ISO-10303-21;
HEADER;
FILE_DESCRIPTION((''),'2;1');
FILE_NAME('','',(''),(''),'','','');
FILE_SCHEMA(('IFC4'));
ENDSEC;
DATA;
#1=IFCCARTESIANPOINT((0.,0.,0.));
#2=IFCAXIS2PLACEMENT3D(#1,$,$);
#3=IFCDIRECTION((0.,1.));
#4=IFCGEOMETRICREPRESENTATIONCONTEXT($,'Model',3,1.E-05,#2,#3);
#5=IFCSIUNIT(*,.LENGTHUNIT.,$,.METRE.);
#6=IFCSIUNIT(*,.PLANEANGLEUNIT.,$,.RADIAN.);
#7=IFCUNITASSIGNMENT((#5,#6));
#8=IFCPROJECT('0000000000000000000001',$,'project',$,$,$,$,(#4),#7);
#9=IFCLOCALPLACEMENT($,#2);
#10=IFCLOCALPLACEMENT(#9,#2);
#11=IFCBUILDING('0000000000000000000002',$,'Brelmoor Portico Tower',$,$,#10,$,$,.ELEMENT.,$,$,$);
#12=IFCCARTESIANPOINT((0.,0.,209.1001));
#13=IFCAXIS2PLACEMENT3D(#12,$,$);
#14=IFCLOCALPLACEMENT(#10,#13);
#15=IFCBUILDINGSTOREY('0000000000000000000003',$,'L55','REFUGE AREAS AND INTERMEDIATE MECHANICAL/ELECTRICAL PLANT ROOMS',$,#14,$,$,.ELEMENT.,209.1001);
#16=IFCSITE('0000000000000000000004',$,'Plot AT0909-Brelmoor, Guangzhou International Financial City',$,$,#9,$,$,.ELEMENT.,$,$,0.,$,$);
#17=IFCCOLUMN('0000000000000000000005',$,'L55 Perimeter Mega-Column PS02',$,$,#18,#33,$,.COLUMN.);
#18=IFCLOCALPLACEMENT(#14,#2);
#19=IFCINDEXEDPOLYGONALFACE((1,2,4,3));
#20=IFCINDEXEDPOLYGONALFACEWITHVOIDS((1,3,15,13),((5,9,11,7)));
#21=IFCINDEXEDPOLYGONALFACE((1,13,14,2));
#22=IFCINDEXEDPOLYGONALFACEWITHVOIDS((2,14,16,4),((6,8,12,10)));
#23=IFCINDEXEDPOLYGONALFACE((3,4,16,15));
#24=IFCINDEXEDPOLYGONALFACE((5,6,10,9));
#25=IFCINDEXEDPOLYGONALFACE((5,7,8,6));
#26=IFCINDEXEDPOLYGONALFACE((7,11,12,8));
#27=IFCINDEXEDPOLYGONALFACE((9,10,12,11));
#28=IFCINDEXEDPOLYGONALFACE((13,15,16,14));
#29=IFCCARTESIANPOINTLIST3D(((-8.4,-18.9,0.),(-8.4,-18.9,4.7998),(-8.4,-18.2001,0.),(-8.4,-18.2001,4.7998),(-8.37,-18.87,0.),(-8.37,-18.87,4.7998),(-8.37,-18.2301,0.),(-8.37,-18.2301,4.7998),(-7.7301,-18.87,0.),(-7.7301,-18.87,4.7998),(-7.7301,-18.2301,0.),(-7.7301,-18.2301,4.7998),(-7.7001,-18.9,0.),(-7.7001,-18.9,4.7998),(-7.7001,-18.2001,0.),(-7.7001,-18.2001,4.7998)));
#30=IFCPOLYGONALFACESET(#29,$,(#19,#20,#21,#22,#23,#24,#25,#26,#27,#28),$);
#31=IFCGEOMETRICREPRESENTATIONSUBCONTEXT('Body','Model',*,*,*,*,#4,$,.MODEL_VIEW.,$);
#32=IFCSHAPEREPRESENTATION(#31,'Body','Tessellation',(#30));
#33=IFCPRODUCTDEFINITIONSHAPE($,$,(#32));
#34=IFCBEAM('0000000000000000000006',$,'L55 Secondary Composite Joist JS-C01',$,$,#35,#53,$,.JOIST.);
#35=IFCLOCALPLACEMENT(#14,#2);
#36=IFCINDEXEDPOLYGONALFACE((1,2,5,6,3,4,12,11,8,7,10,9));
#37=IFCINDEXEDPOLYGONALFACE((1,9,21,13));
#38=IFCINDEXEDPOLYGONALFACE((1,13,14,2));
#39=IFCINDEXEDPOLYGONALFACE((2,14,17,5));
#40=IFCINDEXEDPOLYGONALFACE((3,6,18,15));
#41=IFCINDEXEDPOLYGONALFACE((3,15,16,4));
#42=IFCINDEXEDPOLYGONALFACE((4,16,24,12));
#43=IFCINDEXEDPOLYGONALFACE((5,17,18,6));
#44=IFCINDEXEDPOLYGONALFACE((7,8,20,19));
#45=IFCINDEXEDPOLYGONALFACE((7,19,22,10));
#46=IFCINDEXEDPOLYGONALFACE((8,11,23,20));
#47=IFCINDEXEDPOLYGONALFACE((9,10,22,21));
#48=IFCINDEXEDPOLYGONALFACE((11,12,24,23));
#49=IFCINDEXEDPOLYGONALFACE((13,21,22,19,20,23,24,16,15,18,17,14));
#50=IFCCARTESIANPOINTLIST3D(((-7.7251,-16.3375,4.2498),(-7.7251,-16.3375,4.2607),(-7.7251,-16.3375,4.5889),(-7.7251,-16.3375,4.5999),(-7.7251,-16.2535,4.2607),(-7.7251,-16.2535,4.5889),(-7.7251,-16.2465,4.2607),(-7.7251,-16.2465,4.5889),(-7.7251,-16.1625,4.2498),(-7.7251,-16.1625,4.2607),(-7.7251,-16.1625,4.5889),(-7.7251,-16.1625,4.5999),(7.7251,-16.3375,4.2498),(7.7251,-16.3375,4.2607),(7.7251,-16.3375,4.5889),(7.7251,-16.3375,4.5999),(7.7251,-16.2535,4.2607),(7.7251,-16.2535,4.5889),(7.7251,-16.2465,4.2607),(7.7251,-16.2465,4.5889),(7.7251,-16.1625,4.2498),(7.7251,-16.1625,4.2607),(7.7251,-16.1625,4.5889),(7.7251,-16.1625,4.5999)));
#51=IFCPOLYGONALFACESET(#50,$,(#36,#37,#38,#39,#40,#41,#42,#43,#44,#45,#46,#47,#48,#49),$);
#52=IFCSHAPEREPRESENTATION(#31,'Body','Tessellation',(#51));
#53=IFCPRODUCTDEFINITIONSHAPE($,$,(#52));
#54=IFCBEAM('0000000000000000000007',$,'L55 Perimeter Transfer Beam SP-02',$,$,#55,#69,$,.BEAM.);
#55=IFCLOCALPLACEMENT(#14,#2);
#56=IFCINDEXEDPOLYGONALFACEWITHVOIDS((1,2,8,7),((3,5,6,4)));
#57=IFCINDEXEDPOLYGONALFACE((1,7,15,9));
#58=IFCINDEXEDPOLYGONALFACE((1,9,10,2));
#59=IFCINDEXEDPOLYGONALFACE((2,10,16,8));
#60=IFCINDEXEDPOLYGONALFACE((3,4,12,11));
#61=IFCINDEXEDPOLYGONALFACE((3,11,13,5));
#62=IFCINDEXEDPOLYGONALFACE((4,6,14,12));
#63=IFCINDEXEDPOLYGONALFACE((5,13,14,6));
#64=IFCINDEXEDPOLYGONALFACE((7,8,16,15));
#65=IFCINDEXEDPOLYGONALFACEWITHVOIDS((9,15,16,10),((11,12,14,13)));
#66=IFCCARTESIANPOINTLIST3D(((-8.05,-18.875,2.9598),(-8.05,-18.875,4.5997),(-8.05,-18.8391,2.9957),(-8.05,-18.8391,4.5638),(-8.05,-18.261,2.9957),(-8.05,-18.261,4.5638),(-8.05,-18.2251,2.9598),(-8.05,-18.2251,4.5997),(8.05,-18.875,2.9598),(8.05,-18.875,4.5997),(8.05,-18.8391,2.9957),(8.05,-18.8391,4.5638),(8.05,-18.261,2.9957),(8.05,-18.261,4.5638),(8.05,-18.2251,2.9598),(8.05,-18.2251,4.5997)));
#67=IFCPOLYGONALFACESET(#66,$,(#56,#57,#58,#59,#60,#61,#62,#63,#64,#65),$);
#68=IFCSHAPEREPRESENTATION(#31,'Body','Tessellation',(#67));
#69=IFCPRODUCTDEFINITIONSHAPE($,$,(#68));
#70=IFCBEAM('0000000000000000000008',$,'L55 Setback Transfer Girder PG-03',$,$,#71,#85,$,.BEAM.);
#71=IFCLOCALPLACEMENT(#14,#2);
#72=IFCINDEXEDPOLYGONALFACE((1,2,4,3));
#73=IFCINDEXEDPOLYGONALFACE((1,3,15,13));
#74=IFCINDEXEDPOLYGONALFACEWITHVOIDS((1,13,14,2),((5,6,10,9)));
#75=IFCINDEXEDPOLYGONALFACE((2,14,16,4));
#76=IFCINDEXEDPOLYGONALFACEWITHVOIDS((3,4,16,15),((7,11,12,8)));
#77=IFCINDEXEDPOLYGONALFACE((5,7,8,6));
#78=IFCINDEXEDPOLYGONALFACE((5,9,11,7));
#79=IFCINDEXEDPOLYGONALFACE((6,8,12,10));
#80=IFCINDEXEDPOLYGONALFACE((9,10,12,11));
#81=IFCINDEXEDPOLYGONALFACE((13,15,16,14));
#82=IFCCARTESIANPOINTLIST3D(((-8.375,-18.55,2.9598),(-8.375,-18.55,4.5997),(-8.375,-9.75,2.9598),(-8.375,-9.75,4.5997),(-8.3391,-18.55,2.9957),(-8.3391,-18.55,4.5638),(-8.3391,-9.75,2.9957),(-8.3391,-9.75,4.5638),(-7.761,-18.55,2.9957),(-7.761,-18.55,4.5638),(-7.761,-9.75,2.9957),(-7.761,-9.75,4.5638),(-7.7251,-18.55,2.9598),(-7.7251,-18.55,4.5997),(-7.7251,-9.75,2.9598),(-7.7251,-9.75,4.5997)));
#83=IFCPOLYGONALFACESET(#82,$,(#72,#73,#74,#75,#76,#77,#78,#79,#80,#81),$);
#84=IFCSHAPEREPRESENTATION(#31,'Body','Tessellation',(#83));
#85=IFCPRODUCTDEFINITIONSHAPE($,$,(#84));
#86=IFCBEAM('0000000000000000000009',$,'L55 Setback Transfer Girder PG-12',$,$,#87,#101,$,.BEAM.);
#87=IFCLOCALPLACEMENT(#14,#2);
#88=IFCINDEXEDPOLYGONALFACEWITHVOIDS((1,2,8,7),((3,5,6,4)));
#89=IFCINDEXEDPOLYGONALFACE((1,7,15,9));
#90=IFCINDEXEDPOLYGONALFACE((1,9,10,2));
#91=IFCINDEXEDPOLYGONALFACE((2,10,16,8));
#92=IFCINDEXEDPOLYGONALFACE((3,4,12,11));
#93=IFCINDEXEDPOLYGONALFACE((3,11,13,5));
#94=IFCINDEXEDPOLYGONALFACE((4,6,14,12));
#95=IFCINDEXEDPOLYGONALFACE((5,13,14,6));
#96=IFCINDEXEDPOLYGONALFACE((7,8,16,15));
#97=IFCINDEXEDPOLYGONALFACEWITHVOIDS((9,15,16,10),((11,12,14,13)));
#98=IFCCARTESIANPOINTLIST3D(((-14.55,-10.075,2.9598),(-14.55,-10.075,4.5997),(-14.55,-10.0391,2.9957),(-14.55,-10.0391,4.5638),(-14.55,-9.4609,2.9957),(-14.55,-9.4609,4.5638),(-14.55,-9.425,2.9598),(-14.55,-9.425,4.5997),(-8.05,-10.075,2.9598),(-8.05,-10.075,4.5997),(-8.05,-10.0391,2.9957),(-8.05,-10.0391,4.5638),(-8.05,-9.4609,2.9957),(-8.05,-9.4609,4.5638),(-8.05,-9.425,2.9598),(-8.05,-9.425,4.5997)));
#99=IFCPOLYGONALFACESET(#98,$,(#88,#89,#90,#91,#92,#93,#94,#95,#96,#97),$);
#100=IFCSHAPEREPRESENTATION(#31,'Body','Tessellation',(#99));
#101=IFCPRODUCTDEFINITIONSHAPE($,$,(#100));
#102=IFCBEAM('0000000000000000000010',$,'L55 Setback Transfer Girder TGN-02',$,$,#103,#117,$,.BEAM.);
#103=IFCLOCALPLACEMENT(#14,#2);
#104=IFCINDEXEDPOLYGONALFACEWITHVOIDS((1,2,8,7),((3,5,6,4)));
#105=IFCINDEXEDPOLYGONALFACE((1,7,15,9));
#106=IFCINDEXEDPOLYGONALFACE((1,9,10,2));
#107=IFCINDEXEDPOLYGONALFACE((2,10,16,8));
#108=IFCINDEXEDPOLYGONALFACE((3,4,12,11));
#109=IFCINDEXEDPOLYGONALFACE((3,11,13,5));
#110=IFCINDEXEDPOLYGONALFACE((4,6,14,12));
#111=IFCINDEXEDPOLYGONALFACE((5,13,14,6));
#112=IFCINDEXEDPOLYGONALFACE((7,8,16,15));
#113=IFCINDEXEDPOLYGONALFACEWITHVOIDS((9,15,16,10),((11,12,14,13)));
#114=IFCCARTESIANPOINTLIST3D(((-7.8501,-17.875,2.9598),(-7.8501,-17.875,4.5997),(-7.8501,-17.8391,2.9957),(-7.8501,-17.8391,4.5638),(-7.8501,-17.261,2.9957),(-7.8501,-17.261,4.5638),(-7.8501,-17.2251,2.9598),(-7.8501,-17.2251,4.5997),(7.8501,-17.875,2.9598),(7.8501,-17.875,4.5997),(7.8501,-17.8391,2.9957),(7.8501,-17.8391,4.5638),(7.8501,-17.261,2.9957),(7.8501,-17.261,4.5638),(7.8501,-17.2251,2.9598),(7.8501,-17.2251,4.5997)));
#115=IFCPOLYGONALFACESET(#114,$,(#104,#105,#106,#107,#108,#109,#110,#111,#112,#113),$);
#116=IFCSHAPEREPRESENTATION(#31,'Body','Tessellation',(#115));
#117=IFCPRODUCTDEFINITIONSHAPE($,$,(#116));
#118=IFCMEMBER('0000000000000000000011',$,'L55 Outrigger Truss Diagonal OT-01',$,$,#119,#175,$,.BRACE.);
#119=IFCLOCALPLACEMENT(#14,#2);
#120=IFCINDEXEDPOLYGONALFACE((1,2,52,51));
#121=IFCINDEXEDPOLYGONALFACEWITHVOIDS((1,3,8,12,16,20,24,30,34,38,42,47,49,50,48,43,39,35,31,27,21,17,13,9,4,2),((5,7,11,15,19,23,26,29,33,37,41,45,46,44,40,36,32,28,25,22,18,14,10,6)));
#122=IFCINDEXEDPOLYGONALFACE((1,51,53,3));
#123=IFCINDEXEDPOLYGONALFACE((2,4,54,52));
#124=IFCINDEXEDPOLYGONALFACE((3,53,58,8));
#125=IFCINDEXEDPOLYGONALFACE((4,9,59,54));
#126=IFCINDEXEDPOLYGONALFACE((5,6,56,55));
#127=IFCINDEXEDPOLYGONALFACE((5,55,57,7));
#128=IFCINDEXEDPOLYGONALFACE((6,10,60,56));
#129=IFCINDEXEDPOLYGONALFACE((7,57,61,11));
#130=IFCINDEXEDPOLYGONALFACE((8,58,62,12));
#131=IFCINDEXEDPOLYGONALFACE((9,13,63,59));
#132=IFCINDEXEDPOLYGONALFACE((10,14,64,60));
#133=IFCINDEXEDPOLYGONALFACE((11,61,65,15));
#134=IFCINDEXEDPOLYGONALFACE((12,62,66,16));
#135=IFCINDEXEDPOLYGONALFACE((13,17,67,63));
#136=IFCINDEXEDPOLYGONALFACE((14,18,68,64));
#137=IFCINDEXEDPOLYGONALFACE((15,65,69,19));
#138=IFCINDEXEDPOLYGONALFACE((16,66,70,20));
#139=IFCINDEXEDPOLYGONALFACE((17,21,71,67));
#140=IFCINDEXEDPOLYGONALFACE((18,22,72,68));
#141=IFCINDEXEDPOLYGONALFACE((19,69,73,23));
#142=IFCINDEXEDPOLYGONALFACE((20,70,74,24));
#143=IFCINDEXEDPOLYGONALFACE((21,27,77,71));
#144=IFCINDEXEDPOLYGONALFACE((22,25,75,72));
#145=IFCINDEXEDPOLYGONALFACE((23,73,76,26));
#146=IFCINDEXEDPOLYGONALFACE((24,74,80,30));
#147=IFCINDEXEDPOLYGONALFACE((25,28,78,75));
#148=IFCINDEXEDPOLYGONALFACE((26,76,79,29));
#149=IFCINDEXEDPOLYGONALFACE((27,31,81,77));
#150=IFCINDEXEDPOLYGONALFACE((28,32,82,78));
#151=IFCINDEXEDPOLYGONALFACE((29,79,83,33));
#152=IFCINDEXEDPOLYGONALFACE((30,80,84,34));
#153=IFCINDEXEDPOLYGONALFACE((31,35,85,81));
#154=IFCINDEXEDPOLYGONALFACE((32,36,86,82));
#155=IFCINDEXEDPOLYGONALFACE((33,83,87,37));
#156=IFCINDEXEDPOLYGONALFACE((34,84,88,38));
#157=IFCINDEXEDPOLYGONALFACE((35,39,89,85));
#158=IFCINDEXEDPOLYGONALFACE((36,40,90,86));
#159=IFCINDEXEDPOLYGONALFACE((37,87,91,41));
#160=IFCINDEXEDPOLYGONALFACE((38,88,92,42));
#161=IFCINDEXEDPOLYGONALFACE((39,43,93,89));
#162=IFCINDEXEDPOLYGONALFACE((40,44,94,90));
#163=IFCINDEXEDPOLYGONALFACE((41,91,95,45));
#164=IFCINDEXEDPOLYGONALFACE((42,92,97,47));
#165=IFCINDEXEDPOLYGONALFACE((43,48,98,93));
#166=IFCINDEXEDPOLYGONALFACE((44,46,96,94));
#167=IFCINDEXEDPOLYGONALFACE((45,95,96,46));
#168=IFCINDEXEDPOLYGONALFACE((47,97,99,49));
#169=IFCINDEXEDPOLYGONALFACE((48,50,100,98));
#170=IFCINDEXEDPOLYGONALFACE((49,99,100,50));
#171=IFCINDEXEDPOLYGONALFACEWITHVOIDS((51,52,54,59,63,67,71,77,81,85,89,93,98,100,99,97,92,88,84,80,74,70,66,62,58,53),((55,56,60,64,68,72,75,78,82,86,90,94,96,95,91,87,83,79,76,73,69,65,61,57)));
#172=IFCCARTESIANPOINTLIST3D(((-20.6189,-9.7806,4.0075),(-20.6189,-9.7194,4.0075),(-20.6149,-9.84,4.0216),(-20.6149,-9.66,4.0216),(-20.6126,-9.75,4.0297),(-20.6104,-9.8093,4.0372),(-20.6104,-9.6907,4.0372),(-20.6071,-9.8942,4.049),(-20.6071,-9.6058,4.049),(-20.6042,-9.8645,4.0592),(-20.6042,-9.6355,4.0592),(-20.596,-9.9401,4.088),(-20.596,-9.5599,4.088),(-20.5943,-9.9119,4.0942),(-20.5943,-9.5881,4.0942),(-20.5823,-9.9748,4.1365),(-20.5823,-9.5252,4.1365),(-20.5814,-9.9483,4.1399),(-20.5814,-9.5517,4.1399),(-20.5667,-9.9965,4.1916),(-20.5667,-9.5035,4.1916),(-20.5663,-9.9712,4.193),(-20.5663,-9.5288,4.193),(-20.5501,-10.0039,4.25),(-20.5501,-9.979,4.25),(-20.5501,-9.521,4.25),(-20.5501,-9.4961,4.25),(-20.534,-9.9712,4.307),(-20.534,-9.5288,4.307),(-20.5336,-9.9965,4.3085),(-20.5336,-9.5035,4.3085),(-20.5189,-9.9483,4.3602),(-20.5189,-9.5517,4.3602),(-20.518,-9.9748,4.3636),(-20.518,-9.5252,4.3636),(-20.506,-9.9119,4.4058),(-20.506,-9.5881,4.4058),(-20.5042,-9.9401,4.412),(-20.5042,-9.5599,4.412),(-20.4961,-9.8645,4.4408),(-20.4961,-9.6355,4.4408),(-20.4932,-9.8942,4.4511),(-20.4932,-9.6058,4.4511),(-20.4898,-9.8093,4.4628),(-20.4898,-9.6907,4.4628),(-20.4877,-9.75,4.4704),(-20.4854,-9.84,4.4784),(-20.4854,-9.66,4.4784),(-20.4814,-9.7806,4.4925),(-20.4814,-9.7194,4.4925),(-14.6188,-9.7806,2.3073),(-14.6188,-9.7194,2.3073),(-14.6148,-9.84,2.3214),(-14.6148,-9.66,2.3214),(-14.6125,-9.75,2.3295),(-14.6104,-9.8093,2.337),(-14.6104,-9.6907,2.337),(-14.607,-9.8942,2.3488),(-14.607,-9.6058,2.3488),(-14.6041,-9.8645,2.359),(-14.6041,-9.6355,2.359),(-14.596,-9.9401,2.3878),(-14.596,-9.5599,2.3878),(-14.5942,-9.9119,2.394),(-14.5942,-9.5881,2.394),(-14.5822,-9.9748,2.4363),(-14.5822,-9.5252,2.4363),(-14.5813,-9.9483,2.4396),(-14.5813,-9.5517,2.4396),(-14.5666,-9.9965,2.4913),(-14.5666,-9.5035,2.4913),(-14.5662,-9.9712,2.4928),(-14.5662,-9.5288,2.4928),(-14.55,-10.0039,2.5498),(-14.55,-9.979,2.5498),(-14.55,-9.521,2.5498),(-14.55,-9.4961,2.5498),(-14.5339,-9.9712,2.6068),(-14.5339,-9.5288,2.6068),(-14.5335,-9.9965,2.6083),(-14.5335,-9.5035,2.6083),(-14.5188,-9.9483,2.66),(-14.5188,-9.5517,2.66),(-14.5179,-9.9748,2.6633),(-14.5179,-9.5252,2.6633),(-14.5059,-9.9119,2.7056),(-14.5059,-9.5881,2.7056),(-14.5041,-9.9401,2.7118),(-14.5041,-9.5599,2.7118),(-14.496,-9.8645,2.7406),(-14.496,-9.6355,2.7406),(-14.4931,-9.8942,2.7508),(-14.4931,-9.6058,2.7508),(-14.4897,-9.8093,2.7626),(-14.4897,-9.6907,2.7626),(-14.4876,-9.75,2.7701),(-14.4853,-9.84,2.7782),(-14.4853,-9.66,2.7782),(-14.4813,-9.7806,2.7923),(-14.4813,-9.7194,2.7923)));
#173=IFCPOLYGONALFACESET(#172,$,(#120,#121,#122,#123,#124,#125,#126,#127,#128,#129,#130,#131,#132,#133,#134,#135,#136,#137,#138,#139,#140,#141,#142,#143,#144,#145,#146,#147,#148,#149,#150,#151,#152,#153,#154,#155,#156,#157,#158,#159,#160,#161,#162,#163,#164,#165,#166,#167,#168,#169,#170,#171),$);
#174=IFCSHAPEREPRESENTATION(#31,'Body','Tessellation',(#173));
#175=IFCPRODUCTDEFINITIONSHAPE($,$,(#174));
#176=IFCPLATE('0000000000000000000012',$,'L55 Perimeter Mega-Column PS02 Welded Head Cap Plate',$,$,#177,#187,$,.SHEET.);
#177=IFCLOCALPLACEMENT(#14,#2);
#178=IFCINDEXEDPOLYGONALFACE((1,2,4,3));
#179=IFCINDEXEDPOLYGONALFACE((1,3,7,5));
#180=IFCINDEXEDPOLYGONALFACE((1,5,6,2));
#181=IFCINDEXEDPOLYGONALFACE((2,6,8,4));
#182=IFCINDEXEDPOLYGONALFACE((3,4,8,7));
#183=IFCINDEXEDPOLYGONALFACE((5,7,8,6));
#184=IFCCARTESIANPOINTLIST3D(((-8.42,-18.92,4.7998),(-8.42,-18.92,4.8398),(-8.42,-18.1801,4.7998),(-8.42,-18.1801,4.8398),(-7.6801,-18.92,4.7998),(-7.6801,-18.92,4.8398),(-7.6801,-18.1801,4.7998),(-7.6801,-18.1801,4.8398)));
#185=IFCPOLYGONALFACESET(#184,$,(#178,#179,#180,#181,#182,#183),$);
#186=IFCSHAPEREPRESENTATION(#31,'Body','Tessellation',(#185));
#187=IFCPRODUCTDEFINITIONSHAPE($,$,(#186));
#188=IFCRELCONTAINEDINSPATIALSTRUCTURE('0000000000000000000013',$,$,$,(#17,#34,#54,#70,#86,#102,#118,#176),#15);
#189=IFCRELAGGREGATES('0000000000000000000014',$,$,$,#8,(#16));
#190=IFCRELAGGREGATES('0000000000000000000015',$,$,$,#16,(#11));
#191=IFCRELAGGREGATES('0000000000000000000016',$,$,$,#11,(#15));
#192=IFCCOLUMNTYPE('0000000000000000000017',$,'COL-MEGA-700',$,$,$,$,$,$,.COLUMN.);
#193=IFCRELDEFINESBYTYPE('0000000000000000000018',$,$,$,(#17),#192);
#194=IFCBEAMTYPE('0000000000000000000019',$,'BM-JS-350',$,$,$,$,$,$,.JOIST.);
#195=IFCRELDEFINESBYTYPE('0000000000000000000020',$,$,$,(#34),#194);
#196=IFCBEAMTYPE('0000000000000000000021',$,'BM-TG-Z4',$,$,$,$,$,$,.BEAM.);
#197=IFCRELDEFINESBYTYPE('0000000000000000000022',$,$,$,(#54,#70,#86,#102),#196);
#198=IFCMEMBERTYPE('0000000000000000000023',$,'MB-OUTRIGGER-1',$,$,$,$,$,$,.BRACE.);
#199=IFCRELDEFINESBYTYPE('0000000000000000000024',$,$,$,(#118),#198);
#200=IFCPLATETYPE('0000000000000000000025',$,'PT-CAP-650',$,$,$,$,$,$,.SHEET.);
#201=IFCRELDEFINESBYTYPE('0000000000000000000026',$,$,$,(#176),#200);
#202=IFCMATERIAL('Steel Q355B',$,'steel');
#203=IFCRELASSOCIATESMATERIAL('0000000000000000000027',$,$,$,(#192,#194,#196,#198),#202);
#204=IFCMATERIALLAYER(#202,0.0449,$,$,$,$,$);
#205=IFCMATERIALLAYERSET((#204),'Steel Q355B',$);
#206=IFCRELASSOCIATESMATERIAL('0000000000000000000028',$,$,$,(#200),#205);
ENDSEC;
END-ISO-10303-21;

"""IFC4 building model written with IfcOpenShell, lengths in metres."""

from ifc_helpers import new_model, si_unit, direction, frame, origin, origin_2d, place, context, subcontext, project, spatial, rectangle, hollow_rectangle, hollow_circle, i_section, extrude, material, layer, layer_set, material_profile, profile_set, type_object, element, save


model = new_model("IFC4")

# Units and contexts
model_context = context("Model", 3, precision=1e-05, world=origin(), true_north=direction((0.0, 1.0)))
body_context = subcontext(model_context, "Body", "Model", "MODEL_VIEW")
ifc_project = project(units=[si_unit("LENGTHUNIT", "METRE"), si_unit("PLANEANGLEUNIT", "RADIAN")], contexts=[model_context])

# Site, building, storey
site_placement = place(None, origin())
site = spatial("IfcSite", under=ifc_project, at=site_placement, Name="Plot AT0909-Brelmoor, Guangzhou International Financial City", CompositionType="ELEMENT", RefElevation=0.0)
building_placement = place(site_placement, origin())
building = spatial("IfcBuilding", under=site, at=building_placement, Name="Brelmoor Portico Tower", CompositionType="ELEMENT")
storey_placement = place(building_placement, frame((0.0, 0.0, 209.1001)))
storey = spatial("IfcBuildingStorey", under=building, at=storey_placement, Name="L55", Description="REFUGE AREAS AND INTERMEDIATE MECHANICAL/ELECTRICAL PLANT ROOMS", CompositionType="ELEMENT", Elevation=209.1001)

# Column
ifc_material_1 = material(Name="Steel Q355B", Category="steel")
ifc_material_profile_1 = material_profile(ifc_material_1, hollow_rectangle(XDim=0.7, YDim=0.7, WallThickness=0.03, at=origin_2d()), Name="BOX 700x700x30")
ifc_profile_set_1 = profile_set([ifc_material_profile_1], Name="Steel Q355B")
column_type = type_object("IfcColumnType", Name="COL-MEGA-700", PredefinedType="COLUMN", material=ifc_profile_set_1)
column_placement = place(storey_placement, frame((-8.05, -18.55, 0.0), z_axis=(0.0, 0.0, 1.0), x_axis=(1.0, 0.0, 0.0)))
element("IfcColumn", 1, at=column_placement, inside=storey, type_object=column_type, Name="L55 Perimeter Mega-Column PS02", PredefinedType="COLUMN", context=body_context, shape_type="SweptSolid", body=[
    extrude(hollow_rectangle(XDim=0.7, YDim=0.7, WallThickness=0.03, at=origin_2d()), origin(), (0.0, 0.0, 1.0), 4.7998),
])

# Beams
ifc_material_profile_2 = material_profile(ifc_material_1, i_section(OverallWidth=0.175, OverallDepth=0.3501, WebThickness=0.0071, FlangeThickness=0.011, at=origin_2d()), Name="HN 350x175x7x11")
ifc_profile_set_2 = profile_set([ifc_material_profile_2], Name="Steel Q355B")
beam_type_1 = type_object("IfcBeamType", Name="BM-JS-350", PredefinedType="JOIST", material=ifc_profile_set_2)
beam_1_placement = place(storey_placement, frame((-7.7251, -16.25, 4.4248), z_axis=(1.0, 0.0, 0.0), x_axis=(0.0, 1.0, 0.0)))
element("IfcBeam", 2, at=beam_1_placement, inside=storey, type_object=beam_type_1, Name="L55 Secondary Composite Joist JS-C01", PredefinedType="JOIST", context=body_context, shape_type="SweptSolid", body=[
    extrude(i_section(OverallWidth=0.175, OverallDepth=0.3501, WebThickness=0.0071, FlangeThickness=0.011, at=origin_2d()), origin(), (0.0, 0.0, 1.0), 15.4502),
])
ifc_material_profile_3 = material_profile(ifc_material_1, hollow_rectangle(XDim=0.6499, YDim=1.6399, WallThickness=0.0359, at=origin_2d()), Name="BOX 650x1640x36")
ifc_profile_set_3 = profile_set([ifc_material_profile_3], Name="Steel Q355B")
beam_type_2 = type_object("IfcBeamType", Name="BM-TG-Z4", PredefinedType="BEAM", material=ifc_profile_set_3)
beam_2_placement = place(storey_placement, frame((-8.05, -18.55, 3.7798), z_axis=(1.0, 0.0, 0.0), x_axis=(0.0, 1.0, 0.0)))
element("IfcBeam", 3, at=beam_2_placement, inside=storey, type_object=beam_type_2, Name="L55 Perimeter Transfer Beam SP-02", PredefinedType="BEAM", context=body_context, shape_type="SweptSolid", body=[
    extrude(hollow_rectangle(XDim=0.6499, YDim=1.6399, WallThickness=0.0359, at=origin_2d()), origin(), (0.0, 0.0, 1.0), 16.1001),
])
beam_3_placement = place(storey_placement, frame((-8.05, -18.55, 3.7798), z_axis=(0.0, 1.0, 0.0), x_axis=(-1.0, 0.0, 0.0)))
element("IfcBeam", 4, at=beam_3_placement, inside=storey, type_object=beam_type_2, Name="L55 Setback Transfer Girder PG-03", PredefinedType="BEAM", context=body_context, shape_type="SweptSolid", body=[
    extrude(hollow_rectangle(XDim=0.6499, YDim=1.6399, WallThickness=0.0359, at=origin_2d()), origin(), (0.0, 0.0, 1.0), 8.8),
])
beam_4_placement = place(storey_placement, frame((-14.55, -9.75, 3.7798), z_axis=(1.0, 0.0, 0.0), x_axis=(0.0, 1.0, 0.0)))
element("IfcBeam", 5, at=beam_4_placement, inside=storey, type_object=beam_type_2, Name="L55 Setback Transfer Girder PG-12", PredefinedType="BEAM", context=body_context, shape_type="SweptSolid", body=[
    extrude(hollow_rectangle(XDim=0.6499, YDim=1.6399, WallThickness=0.0359, at=origin_2d()), origin(), (0.0, 0.0, 1.0), 6.5),
])
beam_5_placement = place(storey_placement, frame((-7.8501, -17.55, 3.7798), z_axis=(1.0, 0.0, 0.0), x_axis=(0.0, 1.0, 0.0)))
element("IfcBeam", 6, at=beam_5_placement, inside=storey, type_object=beam_type_2, Name="L55 Setback Transfer Girder TGN-02", PredefinedType="BEAM", context=body_context, shape_type="SweptSolid", body=[
    extrude(hollow_rectangle(XDim=0.6499, YDim=1.6399, WallThickness=0.0359, at=origin_2d()), origin(), (0.0, 0.0, 1.0), 15.7002),
])

# Member
ifc_material_profile_4 = material_profile(ifc_material_1, hollow_circle(Radius=0.2539, WallThickness=0.0249, at=origin_2d()), Name="CHS 508x25")
ifc_profile_set_4 = profile_set([ifc_material_profile_4], Name="Steel Q355B")
member_type = type_object("IfcMemberType", Name="MB-OUTRIGGER-1", PredefinedType="BRACE", material=ifc_profile_set_4)
member_placement = place(storey_placement, frame((-14.55, -9.75, 2.5498), z_axis=(-0.962119, 0.0, 0.272632), x_axis=(0.0, -1.0, 0.0)))
element("IfcMember", 7, at=member_placement, inside=storey, type_object=member_type, Name="L55 Outrigger Truss Diagonal OT-01", PredefinedType="BRACE", context=body_context, shape_type="SweptSolid", body=[
    extrude(hollow_circle(Radius=0.2539, WallThickness=0.0249, at=origin_2d()), origin(), (0.0, 0.0, 1.0), 6.2363),
])

# Plate
ifc_layer_1 = layer(ifc_material_1, 0.0449)
ifc_layer_set_1 = layer_set([ifc_layer_1], Name="Steel Q355B")
plate_type_1 = type_object("IfcPlateType", Name="PT-CAP-650", PredefinedType="SHEET", material=ifc_layer_set_1)
plate_1_placement = place(storey_placement, frame((-8.05, -18.55, 4.7998), z_axis=(0.0, 0.0, 1.0), x_axis=(1.0, 0.0, 0.0)))
element("IfcPlate", 8, at=plate_1_placement, inside=storey, type_object=plate_type_1, Name="L55 Perimeter Mega-Column PS02 Welded Head Cap Plate", PredefinedType="SHEET", context=body_context, shape_type="SweptSolid", body=[
    extrude(rectangle(XDim=0.74, YDim=0.74, at=origin_2d()), origin(), (0.0, 0.0, 1.0), 0.04),
])

save(model, "model.ifc")
